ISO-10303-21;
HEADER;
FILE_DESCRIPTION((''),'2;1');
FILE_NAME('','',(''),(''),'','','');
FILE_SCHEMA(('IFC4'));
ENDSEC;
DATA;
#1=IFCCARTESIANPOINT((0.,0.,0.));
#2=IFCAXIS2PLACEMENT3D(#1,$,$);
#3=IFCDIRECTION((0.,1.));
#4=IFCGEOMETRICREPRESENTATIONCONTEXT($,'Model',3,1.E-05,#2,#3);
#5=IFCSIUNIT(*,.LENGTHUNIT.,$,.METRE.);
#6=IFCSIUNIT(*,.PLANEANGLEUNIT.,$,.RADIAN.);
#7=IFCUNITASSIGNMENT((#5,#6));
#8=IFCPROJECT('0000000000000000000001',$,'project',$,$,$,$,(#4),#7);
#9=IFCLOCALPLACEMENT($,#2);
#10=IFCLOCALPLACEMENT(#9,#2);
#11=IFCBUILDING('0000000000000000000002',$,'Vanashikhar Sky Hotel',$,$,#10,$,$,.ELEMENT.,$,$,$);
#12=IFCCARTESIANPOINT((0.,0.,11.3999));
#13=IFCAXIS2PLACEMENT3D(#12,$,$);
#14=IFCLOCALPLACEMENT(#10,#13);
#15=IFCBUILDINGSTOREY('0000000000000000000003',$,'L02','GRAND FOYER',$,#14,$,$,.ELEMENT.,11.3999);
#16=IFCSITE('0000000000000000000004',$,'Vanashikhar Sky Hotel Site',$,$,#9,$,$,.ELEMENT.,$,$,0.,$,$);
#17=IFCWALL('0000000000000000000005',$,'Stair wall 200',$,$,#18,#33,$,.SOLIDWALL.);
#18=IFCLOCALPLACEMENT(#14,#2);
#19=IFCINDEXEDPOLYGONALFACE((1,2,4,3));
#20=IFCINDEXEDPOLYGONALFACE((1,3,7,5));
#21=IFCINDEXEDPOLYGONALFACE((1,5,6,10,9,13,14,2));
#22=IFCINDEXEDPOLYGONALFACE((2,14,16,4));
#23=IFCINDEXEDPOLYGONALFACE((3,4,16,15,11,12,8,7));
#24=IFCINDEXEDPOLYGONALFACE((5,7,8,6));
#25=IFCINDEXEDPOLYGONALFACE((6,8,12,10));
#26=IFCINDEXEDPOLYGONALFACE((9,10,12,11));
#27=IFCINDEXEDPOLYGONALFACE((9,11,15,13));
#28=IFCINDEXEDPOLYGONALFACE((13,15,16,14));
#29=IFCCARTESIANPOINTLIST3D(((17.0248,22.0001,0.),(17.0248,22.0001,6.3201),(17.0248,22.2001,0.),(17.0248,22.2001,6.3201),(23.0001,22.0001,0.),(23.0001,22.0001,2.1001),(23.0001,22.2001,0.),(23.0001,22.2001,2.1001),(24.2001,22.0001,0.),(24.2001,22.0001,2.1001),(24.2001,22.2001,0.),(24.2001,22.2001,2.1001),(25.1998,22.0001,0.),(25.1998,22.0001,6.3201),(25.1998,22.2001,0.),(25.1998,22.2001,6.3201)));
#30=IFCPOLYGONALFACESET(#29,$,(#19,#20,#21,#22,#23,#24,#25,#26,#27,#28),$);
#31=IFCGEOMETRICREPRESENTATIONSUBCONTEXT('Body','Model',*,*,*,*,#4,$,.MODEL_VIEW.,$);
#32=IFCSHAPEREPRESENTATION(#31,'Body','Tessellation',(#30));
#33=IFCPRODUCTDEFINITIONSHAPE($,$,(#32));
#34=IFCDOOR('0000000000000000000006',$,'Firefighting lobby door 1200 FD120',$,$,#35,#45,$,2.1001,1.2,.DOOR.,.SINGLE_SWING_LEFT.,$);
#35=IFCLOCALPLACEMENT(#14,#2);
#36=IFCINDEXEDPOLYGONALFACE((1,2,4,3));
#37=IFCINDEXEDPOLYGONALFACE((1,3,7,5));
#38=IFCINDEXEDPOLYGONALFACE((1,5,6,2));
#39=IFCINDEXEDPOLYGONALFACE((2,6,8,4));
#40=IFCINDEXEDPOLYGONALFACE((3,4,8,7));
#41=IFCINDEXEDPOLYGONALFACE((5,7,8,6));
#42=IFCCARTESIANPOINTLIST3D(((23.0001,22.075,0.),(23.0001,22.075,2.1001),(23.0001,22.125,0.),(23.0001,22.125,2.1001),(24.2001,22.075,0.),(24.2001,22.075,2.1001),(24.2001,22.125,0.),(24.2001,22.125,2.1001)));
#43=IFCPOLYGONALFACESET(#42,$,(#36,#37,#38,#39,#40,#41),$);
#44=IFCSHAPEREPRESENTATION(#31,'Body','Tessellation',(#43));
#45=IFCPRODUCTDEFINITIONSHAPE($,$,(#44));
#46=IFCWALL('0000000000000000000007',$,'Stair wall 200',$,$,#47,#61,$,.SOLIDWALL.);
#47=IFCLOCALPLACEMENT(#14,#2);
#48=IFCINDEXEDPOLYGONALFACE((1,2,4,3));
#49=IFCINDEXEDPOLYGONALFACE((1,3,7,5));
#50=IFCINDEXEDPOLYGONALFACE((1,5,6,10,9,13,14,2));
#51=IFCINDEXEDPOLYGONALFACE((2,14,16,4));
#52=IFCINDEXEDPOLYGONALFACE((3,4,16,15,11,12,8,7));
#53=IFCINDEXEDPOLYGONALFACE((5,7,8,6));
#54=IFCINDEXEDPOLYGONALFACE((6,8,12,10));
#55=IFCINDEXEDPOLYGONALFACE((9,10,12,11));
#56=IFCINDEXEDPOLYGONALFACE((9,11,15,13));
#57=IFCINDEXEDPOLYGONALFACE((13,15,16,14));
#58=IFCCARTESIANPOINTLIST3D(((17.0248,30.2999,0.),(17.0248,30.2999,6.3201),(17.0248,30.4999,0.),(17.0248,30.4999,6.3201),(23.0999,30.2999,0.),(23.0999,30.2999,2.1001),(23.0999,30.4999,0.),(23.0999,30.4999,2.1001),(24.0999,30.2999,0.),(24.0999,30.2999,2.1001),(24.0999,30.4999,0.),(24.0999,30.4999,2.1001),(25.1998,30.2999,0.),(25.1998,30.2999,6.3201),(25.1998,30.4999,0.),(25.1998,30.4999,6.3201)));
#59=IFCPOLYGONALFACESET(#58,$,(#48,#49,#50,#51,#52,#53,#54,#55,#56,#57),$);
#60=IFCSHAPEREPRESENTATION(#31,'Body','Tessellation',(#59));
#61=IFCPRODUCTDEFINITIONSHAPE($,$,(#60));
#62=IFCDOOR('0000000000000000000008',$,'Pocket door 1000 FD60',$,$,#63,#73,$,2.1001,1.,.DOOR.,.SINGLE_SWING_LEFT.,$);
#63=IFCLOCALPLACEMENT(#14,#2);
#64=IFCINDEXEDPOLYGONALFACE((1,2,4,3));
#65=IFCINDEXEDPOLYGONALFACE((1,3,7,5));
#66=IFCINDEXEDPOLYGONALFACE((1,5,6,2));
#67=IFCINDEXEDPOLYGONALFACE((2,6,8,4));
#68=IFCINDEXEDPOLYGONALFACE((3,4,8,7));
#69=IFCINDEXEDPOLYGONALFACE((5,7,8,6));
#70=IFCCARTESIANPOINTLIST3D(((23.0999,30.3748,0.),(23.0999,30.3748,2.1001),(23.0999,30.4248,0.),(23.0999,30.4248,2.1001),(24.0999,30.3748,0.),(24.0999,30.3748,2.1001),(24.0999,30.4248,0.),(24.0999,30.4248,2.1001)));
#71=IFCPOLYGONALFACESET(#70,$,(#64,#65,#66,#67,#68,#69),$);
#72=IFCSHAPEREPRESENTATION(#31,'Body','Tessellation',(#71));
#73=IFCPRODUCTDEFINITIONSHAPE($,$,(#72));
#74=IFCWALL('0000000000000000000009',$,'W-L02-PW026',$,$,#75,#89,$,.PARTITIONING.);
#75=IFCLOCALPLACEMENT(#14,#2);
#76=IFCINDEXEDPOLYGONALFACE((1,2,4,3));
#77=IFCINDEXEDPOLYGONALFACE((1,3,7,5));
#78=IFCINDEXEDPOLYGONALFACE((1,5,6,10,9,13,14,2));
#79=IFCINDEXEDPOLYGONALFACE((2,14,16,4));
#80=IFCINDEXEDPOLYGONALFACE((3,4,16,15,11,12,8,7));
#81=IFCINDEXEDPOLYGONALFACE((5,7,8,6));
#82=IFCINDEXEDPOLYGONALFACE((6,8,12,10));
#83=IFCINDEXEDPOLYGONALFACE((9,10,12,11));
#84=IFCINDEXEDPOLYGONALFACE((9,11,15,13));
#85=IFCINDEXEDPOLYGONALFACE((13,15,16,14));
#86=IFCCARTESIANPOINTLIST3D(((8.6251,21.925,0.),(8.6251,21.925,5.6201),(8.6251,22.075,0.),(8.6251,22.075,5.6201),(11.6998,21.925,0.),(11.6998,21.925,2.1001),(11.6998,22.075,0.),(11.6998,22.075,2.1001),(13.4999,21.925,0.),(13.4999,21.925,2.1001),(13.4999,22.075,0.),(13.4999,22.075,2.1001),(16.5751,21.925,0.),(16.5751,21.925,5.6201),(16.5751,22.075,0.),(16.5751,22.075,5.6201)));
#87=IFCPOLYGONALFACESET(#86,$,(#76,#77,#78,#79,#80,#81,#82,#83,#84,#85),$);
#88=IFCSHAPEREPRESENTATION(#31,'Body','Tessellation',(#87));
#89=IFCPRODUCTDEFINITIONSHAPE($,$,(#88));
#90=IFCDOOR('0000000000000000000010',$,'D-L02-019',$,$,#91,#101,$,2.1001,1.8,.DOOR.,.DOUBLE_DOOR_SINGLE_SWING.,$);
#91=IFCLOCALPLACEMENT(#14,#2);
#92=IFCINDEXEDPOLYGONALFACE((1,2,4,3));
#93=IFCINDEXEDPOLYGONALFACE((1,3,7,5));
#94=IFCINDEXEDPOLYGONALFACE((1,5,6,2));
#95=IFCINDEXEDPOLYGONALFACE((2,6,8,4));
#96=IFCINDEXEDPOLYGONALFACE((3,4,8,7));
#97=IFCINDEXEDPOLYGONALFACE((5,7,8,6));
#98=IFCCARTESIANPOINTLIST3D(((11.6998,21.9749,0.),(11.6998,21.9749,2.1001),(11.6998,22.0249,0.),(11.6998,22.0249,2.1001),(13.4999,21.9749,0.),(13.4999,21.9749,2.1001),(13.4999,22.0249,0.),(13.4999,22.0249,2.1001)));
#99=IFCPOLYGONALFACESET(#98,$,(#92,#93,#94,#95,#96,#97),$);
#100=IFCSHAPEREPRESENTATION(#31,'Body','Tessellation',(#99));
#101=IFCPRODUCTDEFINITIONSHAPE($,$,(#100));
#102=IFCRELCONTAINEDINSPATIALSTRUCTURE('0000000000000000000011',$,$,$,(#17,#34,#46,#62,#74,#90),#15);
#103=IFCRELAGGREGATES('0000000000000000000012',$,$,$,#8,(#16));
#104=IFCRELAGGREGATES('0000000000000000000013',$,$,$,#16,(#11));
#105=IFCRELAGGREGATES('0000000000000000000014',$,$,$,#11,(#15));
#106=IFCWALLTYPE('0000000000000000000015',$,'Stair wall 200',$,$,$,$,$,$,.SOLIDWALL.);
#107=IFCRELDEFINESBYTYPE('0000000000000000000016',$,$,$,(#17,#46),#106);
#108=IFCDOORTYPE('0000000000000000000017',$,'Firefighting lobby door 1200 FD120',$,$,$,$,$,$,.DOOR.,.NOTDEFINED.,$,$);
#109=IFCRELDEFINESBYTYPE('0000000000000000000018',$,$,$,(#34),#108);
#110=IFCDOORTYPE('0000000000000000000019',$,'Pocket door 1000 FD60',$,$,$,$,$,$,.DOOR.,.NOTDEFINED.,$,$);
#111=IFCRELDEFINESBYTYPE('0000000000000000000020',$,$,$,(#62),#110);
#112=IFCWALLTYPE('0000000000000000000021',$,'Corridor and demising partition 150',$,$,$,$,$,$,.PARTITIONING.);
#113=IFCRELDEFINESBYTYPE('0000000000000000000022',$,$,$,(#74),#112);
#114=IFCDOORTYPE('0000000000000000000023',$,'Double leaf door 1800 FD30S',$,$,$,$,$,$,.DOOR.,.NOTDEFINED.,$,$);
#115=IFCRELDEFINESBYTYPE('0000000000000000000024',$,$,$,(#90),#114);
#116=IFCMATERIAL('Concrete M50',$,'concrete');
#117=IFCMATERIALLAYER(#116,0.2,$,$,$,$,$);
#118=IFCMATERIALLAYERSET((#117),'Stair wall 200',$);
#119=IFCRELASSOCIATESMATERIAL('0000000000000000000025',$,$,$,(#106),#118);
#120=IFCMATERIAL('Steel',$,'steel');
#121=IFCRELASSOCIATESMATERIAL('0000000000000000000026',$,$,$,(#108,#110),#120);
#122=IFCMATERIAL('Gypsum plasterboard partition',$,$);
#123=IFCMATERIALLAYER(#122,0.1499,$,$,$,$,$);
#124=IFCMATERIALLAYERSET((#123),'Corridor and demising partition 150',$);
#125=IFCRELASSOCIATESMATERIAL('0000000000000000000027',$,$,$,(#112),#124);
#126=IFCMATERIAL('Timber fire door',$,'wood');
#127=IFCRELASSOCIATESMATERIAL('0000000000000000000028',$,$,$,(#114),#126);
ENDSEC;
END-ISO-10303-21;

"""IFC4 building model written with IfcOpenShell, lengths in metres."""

from ifc_helpers import new_model, si_unit, direction, frame, frame_2d, origin, place, context, subcontext, project, spatial, rectangle, extrude, source, transform, mapped, material, layer, layer_set, type_object, element, fill, save


model = new_model("IFC4")

# Units and contexts
model_context = context("Model", 3, precision=1e-05, world=origin(), true_north=direction((0.0, 1.0)))
body_context = subcontext(model_context, "Body", "Model", "MODEL_VIEW")
ifc_project = project(units=[si_unit("LENGTHUNIT", "METRE"), si_unit("PLANEANGLEUNIT", "RADIAN")], contexts=[model_context])

# Site, building, storey
site_placement = place(None, origin())
site = spatial("IfcSite", under=ifc_project, at=site_placement, Name="Vanashikhar Sky Hotel Site", CompositionType="ELEMENT", RefElevation=0.0)
building_placement = place(site_placement, origin())
building = spatial("IfcBuilding", under=site, at=building_placement, Name="Vanashikhar Sky Hotel", CompositionType="ELEMENT")
storey_placement = place(building_placement, frame((0.0, 0.0, 11.3999)))
storey = spatial("IfcBuildingStorey", under=building, at=storey_placement, Name="L02", Description="GRAND FOYER", CompositionType="ELEMENT", Elevation=11.3999)

# Shared definitions
ifc_material_1 = material(Name="Concrete M50", Category="concrete")

# Walls, openings, doors
ifc_layer_1 = layer(ifc_material_1, 0.2)
ifc_layer_set_1 = layer_set([ifc_layer_1], Name="Stair wall 200")
wall_type_1 = type_object("IfcWallType", Name="Stair wall 200", PredefinedType="SOLIDWALL", material=ifc_layer_set_1)
shared_shape_1 = source(origin(), body_context, "Body", "SweptSolid", [
    extrude(rectangle(XDim=8.175, YDim=0.2, at=frame_2d((4.0874, 0.0))), origin(), (0.0, 0.0, 1.0), 6.3201),
])
wall_1_placement = place(storey_placement, frame((17.0249, 22.1001, 0.0), z_axis=(0.0, 0.0, 1.0), x_axis=(1.0, 0.0, 0.0)))
wall_1 = element("IfcWall", 1, at=wall_1_placement, inside=storey, type_object=wall_type_1, Name="Stair wall 200", PredefinedType="SOLIDWALL", context=body_context, shape_type="MappedRepresentation", body=[
    mapped(shared_shape_1, transform((0.0, 0.0, 0.0), scale=1.0)),
])
shared_shape_2 = source(origin(), body_context, "Body", "SweptSolid", [
    extrude(rectangle(XDim=1.2, YDim=2.1001, at=frame_2d((0.6001, 1.05))), frame((0.0, 0.1099, 0.0), z_axis=(0.0, -1.0, 0.0), x_axis=(1.0, 0.0, 0.0)), (0.0, 0.0, 1.0), 0.22),
])
opening_1_placement = place(wall_1_placement, frame((5.9751, 0.0, 0.0)))
opening_1 = element("IfcOpeningElement", 2, at=opening_1_placement, cuts=wall_1, PredefinedType="OPENING", context=body_context, shape_type="MappedRepresentation", body=[
    mapped(shared_shape_2, transform((0.0, 0.0, 0.0), scale=1.0)),
])
ifc_material_2 = material(Name="Steel", Category="steel")
door_type_1 = type_object("IfcDoorType", Name="Firefighting lobby door 1200 FD120", OperationType="NOTDEFINED", PredefinedType="DOOR", material=ifc_material_2)
shared_shape_3 = source(origin(), body_context, "Body", "SweptSolid", [
    extrude(rectangle(XDim=1.2, YDim=2.1001, at=frame_2d((0.6001, 1.05))), frame((0.0, 0.0249, 0.0), z_axis=(0.0, -1.0, 0.0), x_axis=(1.0, 0.0, 0.0)), (0.0, 0.0, 1.0), 0.05),
])
door_1_placement = place(opening_1_placement, origin())
door_1 = element("IfcDoor", 3, at=door_1_placement, inside=storey, type_object=door_type_1, Name="Firefighting lobby door 1200 FD120", OperationType="SINGLE_SWING_LEFT", OverallHeight=2.1001, OverallWidth=1.2, PredefinedType="DOOR", context=body_context, shape_type="MappedRepresentation", body=[
    mapped(shared_shape_3, transform((0.0, 0.0, 0.0), scale=1.0)),
])
fill(opening_1, door_1)
wall_2_placement = place(storey_placement, frame((17.0249, 30.3999, 0.0), z_axis=(0.0, 0.0, 1.0), x_axis=(1.0, 0.0, 0.0)))
wall_2 = element("IfcWall", 4, at=wall_2_placement, inside=storey, type_object=wall_type_1, Name="Stair wall 200", PredefinedType="SOLIDWALL", context=body_context, shape_type="MappedRepresentation", body=[
    mapped(shared_shape_1, transform((0.0, 0.0, 0.0), scale=1.0)),
])
shared_shape_4 = source(origin(), body_context, "Body", "SweptSolid", [
    extrude(rectangle(XDim=1.0, YDim=2.1001, at=frame_2d((0.5, 1.05))), frame((0.0, 0.1099, 0.0), z_axis=(0.0, -1.0, 0.0), x_axis=(1.0, 0.0, 0.0)), (0.0, 0.0, 1.0), 0.22),
])
opening_2_placement = place(wall_2_placement, frame((6.075, 0.0, 0.0)))
opening_2 = element("IfcOpeningElement", 5, at=opening_2_placement, cuts=wall_2, PredefinedType="OPENING", context=body_context, shape_type="MappedRepresentation", body=[
    mapped(shared_shape_4, transform((0.0, 0.0, 0.0), scale=1.0)),
])
door_type_2 = type_object("IfcDoorType", Name="Pocket door 1000 FD60", OperationType="NOTDEFINED", PredefinedType="DOOR", material=ifc_material_2)
shared_shape_5 = source(origin(), body_context, "Body", "SweptSolid", [
    extrude(rectangle(XDim=1.0, YDim=2.1001, at=frame_2d((0.5, 1.05))), frame((0.0, 0.0249, 0.0), z_axis=(0.0, -1.0, 0.0), x_axis=(1.0, 0.0, 0.0)), (0.0, 0.0, 1.0), 0.05),
])
door_2_placement = place(opening_2_placement, origin())
door_2 = element("IfcDoor", 6, at=door_2_placement, inside=storey, type_object=door_type_2, Name="Pocket door 1000 FD60", OperationType="SINGLE_SWING_LEFT", OverallHeight=2.1001, OverallWidth=1.0, PredefinedType="DOOR", context=body_context, shape_type="MappedRepresentation", body=[
    mapped(shared_shape_5, transform((0.0, 0.0, 0.0), scale=1.0)),
])
fill(opening_2, door_2)
ifc_material_3 = material(Name="Gypsum plasterboard partition")
ifc_layer_2 = layer(ifc_material_3, 0.1499)
ifc_layer_set_2 = layer_set([ifc_layer_2], Name="Corridor and demising partition 150")
wall_type_2 = type_object("IfcWallType", Name="Corridor and demising partition 150", PredefinedType="PARTITIONING", material=ifc_layer_set_2)
shared_shape_6 = source(origin(), body_context, "Body", "SweptSolid", [
    extrude(rectangle(XDim=7.95, YDim=0.1499, at=frame_2d((3.9751, 0.0))), origin(), (0.0, 0.0, 1.0), 5.6201),
])
wall_3_placement = place(storey_placement, frame((8.625, 22.0, 0.0), z_axis=(0.0, 0.0, 1.0), x_axis=(1.0, 0.0, 0.0)))
wall_3 = element("IfcWall", 7, at=wall_3_placement, inside=storey, type_object=wall_type_2, Name="W-L02-PW026", PredefinedType="PARTITIONING", context=body_context, shape_type="MappedRepresentation", body=[
    mapped(shared_shape_6, transform((0.0, 0.0, 0.0), scale=1.0)),
])
shared_shape_7 = source(origin(), body_context, "Body", "SweptSolid", [
    extrude(rectangle(XDim=1.8, YDim=2.1001, at=frame_2d((0.8999, 1.05))), frame((0.0, 0.085, 0.0), z_axis=(0.0, -1.0, 0.0), x_axis=(1.0, 0.0, 0.0)), (0.0, 0.0, 1.0), 0.1699),
])
opening_3_placement = place(wall_3_placement, frame((3.075, 0.0, 0.0)))
opening_3 = element("IfcOpeningElement", 8, at=opening_3_placement, cuts=wall_3, PredefinedType="OPENING", context=body_context, shape_type="MappedRepresentation", body=[
    mapped(shared_shape_7, transform((0.0, 0.0, 0.0), scale=1.0)),
])
ifc_material_4 = material(Name="Timber fire door", Category="wood")
door_type_3 = type_object("IfcDoorType", Name="Double leaf door 1800 FD30S", OperationType="NOTDEFINED", PredefinedType="DOOR", material=ifc_material_4)
shared_shape_8 = source(origin(), body_context, "Body", "SweptSolid", [
    extrude(rectangle(XDim=1.8, YDim=2.1001, at=frame_2d((0.8999, 1.05))), frame((0.0, 0.0249, 0.0), z_axis=(0.0, -1.0, 0.0), x_axis=(1.0, 0.0, 0.0)), (0.0, 0.0, 1.0), 0.05),
])
door_3_placement = place(opening_3_placement, origin())
door_3 = element("IfcDoor", 9, at=door_3_placement, inside=storey, type_object=door_type_3, Name="D-L02-019", OperationType="DOUBLE_DOOR_SINGLE_SWING", OverallHeight=2.1001, OverallWidth=1.8, PredefinedType="DOOR", context=body_context, shape_type="MappedRepresentation", body=[
    mapped(shared_shape_8, transform((0.0, 0.0, 0.0), scale=1.0)),
])
fill(opening_3, door_3)

save(model, "model.ifc")
